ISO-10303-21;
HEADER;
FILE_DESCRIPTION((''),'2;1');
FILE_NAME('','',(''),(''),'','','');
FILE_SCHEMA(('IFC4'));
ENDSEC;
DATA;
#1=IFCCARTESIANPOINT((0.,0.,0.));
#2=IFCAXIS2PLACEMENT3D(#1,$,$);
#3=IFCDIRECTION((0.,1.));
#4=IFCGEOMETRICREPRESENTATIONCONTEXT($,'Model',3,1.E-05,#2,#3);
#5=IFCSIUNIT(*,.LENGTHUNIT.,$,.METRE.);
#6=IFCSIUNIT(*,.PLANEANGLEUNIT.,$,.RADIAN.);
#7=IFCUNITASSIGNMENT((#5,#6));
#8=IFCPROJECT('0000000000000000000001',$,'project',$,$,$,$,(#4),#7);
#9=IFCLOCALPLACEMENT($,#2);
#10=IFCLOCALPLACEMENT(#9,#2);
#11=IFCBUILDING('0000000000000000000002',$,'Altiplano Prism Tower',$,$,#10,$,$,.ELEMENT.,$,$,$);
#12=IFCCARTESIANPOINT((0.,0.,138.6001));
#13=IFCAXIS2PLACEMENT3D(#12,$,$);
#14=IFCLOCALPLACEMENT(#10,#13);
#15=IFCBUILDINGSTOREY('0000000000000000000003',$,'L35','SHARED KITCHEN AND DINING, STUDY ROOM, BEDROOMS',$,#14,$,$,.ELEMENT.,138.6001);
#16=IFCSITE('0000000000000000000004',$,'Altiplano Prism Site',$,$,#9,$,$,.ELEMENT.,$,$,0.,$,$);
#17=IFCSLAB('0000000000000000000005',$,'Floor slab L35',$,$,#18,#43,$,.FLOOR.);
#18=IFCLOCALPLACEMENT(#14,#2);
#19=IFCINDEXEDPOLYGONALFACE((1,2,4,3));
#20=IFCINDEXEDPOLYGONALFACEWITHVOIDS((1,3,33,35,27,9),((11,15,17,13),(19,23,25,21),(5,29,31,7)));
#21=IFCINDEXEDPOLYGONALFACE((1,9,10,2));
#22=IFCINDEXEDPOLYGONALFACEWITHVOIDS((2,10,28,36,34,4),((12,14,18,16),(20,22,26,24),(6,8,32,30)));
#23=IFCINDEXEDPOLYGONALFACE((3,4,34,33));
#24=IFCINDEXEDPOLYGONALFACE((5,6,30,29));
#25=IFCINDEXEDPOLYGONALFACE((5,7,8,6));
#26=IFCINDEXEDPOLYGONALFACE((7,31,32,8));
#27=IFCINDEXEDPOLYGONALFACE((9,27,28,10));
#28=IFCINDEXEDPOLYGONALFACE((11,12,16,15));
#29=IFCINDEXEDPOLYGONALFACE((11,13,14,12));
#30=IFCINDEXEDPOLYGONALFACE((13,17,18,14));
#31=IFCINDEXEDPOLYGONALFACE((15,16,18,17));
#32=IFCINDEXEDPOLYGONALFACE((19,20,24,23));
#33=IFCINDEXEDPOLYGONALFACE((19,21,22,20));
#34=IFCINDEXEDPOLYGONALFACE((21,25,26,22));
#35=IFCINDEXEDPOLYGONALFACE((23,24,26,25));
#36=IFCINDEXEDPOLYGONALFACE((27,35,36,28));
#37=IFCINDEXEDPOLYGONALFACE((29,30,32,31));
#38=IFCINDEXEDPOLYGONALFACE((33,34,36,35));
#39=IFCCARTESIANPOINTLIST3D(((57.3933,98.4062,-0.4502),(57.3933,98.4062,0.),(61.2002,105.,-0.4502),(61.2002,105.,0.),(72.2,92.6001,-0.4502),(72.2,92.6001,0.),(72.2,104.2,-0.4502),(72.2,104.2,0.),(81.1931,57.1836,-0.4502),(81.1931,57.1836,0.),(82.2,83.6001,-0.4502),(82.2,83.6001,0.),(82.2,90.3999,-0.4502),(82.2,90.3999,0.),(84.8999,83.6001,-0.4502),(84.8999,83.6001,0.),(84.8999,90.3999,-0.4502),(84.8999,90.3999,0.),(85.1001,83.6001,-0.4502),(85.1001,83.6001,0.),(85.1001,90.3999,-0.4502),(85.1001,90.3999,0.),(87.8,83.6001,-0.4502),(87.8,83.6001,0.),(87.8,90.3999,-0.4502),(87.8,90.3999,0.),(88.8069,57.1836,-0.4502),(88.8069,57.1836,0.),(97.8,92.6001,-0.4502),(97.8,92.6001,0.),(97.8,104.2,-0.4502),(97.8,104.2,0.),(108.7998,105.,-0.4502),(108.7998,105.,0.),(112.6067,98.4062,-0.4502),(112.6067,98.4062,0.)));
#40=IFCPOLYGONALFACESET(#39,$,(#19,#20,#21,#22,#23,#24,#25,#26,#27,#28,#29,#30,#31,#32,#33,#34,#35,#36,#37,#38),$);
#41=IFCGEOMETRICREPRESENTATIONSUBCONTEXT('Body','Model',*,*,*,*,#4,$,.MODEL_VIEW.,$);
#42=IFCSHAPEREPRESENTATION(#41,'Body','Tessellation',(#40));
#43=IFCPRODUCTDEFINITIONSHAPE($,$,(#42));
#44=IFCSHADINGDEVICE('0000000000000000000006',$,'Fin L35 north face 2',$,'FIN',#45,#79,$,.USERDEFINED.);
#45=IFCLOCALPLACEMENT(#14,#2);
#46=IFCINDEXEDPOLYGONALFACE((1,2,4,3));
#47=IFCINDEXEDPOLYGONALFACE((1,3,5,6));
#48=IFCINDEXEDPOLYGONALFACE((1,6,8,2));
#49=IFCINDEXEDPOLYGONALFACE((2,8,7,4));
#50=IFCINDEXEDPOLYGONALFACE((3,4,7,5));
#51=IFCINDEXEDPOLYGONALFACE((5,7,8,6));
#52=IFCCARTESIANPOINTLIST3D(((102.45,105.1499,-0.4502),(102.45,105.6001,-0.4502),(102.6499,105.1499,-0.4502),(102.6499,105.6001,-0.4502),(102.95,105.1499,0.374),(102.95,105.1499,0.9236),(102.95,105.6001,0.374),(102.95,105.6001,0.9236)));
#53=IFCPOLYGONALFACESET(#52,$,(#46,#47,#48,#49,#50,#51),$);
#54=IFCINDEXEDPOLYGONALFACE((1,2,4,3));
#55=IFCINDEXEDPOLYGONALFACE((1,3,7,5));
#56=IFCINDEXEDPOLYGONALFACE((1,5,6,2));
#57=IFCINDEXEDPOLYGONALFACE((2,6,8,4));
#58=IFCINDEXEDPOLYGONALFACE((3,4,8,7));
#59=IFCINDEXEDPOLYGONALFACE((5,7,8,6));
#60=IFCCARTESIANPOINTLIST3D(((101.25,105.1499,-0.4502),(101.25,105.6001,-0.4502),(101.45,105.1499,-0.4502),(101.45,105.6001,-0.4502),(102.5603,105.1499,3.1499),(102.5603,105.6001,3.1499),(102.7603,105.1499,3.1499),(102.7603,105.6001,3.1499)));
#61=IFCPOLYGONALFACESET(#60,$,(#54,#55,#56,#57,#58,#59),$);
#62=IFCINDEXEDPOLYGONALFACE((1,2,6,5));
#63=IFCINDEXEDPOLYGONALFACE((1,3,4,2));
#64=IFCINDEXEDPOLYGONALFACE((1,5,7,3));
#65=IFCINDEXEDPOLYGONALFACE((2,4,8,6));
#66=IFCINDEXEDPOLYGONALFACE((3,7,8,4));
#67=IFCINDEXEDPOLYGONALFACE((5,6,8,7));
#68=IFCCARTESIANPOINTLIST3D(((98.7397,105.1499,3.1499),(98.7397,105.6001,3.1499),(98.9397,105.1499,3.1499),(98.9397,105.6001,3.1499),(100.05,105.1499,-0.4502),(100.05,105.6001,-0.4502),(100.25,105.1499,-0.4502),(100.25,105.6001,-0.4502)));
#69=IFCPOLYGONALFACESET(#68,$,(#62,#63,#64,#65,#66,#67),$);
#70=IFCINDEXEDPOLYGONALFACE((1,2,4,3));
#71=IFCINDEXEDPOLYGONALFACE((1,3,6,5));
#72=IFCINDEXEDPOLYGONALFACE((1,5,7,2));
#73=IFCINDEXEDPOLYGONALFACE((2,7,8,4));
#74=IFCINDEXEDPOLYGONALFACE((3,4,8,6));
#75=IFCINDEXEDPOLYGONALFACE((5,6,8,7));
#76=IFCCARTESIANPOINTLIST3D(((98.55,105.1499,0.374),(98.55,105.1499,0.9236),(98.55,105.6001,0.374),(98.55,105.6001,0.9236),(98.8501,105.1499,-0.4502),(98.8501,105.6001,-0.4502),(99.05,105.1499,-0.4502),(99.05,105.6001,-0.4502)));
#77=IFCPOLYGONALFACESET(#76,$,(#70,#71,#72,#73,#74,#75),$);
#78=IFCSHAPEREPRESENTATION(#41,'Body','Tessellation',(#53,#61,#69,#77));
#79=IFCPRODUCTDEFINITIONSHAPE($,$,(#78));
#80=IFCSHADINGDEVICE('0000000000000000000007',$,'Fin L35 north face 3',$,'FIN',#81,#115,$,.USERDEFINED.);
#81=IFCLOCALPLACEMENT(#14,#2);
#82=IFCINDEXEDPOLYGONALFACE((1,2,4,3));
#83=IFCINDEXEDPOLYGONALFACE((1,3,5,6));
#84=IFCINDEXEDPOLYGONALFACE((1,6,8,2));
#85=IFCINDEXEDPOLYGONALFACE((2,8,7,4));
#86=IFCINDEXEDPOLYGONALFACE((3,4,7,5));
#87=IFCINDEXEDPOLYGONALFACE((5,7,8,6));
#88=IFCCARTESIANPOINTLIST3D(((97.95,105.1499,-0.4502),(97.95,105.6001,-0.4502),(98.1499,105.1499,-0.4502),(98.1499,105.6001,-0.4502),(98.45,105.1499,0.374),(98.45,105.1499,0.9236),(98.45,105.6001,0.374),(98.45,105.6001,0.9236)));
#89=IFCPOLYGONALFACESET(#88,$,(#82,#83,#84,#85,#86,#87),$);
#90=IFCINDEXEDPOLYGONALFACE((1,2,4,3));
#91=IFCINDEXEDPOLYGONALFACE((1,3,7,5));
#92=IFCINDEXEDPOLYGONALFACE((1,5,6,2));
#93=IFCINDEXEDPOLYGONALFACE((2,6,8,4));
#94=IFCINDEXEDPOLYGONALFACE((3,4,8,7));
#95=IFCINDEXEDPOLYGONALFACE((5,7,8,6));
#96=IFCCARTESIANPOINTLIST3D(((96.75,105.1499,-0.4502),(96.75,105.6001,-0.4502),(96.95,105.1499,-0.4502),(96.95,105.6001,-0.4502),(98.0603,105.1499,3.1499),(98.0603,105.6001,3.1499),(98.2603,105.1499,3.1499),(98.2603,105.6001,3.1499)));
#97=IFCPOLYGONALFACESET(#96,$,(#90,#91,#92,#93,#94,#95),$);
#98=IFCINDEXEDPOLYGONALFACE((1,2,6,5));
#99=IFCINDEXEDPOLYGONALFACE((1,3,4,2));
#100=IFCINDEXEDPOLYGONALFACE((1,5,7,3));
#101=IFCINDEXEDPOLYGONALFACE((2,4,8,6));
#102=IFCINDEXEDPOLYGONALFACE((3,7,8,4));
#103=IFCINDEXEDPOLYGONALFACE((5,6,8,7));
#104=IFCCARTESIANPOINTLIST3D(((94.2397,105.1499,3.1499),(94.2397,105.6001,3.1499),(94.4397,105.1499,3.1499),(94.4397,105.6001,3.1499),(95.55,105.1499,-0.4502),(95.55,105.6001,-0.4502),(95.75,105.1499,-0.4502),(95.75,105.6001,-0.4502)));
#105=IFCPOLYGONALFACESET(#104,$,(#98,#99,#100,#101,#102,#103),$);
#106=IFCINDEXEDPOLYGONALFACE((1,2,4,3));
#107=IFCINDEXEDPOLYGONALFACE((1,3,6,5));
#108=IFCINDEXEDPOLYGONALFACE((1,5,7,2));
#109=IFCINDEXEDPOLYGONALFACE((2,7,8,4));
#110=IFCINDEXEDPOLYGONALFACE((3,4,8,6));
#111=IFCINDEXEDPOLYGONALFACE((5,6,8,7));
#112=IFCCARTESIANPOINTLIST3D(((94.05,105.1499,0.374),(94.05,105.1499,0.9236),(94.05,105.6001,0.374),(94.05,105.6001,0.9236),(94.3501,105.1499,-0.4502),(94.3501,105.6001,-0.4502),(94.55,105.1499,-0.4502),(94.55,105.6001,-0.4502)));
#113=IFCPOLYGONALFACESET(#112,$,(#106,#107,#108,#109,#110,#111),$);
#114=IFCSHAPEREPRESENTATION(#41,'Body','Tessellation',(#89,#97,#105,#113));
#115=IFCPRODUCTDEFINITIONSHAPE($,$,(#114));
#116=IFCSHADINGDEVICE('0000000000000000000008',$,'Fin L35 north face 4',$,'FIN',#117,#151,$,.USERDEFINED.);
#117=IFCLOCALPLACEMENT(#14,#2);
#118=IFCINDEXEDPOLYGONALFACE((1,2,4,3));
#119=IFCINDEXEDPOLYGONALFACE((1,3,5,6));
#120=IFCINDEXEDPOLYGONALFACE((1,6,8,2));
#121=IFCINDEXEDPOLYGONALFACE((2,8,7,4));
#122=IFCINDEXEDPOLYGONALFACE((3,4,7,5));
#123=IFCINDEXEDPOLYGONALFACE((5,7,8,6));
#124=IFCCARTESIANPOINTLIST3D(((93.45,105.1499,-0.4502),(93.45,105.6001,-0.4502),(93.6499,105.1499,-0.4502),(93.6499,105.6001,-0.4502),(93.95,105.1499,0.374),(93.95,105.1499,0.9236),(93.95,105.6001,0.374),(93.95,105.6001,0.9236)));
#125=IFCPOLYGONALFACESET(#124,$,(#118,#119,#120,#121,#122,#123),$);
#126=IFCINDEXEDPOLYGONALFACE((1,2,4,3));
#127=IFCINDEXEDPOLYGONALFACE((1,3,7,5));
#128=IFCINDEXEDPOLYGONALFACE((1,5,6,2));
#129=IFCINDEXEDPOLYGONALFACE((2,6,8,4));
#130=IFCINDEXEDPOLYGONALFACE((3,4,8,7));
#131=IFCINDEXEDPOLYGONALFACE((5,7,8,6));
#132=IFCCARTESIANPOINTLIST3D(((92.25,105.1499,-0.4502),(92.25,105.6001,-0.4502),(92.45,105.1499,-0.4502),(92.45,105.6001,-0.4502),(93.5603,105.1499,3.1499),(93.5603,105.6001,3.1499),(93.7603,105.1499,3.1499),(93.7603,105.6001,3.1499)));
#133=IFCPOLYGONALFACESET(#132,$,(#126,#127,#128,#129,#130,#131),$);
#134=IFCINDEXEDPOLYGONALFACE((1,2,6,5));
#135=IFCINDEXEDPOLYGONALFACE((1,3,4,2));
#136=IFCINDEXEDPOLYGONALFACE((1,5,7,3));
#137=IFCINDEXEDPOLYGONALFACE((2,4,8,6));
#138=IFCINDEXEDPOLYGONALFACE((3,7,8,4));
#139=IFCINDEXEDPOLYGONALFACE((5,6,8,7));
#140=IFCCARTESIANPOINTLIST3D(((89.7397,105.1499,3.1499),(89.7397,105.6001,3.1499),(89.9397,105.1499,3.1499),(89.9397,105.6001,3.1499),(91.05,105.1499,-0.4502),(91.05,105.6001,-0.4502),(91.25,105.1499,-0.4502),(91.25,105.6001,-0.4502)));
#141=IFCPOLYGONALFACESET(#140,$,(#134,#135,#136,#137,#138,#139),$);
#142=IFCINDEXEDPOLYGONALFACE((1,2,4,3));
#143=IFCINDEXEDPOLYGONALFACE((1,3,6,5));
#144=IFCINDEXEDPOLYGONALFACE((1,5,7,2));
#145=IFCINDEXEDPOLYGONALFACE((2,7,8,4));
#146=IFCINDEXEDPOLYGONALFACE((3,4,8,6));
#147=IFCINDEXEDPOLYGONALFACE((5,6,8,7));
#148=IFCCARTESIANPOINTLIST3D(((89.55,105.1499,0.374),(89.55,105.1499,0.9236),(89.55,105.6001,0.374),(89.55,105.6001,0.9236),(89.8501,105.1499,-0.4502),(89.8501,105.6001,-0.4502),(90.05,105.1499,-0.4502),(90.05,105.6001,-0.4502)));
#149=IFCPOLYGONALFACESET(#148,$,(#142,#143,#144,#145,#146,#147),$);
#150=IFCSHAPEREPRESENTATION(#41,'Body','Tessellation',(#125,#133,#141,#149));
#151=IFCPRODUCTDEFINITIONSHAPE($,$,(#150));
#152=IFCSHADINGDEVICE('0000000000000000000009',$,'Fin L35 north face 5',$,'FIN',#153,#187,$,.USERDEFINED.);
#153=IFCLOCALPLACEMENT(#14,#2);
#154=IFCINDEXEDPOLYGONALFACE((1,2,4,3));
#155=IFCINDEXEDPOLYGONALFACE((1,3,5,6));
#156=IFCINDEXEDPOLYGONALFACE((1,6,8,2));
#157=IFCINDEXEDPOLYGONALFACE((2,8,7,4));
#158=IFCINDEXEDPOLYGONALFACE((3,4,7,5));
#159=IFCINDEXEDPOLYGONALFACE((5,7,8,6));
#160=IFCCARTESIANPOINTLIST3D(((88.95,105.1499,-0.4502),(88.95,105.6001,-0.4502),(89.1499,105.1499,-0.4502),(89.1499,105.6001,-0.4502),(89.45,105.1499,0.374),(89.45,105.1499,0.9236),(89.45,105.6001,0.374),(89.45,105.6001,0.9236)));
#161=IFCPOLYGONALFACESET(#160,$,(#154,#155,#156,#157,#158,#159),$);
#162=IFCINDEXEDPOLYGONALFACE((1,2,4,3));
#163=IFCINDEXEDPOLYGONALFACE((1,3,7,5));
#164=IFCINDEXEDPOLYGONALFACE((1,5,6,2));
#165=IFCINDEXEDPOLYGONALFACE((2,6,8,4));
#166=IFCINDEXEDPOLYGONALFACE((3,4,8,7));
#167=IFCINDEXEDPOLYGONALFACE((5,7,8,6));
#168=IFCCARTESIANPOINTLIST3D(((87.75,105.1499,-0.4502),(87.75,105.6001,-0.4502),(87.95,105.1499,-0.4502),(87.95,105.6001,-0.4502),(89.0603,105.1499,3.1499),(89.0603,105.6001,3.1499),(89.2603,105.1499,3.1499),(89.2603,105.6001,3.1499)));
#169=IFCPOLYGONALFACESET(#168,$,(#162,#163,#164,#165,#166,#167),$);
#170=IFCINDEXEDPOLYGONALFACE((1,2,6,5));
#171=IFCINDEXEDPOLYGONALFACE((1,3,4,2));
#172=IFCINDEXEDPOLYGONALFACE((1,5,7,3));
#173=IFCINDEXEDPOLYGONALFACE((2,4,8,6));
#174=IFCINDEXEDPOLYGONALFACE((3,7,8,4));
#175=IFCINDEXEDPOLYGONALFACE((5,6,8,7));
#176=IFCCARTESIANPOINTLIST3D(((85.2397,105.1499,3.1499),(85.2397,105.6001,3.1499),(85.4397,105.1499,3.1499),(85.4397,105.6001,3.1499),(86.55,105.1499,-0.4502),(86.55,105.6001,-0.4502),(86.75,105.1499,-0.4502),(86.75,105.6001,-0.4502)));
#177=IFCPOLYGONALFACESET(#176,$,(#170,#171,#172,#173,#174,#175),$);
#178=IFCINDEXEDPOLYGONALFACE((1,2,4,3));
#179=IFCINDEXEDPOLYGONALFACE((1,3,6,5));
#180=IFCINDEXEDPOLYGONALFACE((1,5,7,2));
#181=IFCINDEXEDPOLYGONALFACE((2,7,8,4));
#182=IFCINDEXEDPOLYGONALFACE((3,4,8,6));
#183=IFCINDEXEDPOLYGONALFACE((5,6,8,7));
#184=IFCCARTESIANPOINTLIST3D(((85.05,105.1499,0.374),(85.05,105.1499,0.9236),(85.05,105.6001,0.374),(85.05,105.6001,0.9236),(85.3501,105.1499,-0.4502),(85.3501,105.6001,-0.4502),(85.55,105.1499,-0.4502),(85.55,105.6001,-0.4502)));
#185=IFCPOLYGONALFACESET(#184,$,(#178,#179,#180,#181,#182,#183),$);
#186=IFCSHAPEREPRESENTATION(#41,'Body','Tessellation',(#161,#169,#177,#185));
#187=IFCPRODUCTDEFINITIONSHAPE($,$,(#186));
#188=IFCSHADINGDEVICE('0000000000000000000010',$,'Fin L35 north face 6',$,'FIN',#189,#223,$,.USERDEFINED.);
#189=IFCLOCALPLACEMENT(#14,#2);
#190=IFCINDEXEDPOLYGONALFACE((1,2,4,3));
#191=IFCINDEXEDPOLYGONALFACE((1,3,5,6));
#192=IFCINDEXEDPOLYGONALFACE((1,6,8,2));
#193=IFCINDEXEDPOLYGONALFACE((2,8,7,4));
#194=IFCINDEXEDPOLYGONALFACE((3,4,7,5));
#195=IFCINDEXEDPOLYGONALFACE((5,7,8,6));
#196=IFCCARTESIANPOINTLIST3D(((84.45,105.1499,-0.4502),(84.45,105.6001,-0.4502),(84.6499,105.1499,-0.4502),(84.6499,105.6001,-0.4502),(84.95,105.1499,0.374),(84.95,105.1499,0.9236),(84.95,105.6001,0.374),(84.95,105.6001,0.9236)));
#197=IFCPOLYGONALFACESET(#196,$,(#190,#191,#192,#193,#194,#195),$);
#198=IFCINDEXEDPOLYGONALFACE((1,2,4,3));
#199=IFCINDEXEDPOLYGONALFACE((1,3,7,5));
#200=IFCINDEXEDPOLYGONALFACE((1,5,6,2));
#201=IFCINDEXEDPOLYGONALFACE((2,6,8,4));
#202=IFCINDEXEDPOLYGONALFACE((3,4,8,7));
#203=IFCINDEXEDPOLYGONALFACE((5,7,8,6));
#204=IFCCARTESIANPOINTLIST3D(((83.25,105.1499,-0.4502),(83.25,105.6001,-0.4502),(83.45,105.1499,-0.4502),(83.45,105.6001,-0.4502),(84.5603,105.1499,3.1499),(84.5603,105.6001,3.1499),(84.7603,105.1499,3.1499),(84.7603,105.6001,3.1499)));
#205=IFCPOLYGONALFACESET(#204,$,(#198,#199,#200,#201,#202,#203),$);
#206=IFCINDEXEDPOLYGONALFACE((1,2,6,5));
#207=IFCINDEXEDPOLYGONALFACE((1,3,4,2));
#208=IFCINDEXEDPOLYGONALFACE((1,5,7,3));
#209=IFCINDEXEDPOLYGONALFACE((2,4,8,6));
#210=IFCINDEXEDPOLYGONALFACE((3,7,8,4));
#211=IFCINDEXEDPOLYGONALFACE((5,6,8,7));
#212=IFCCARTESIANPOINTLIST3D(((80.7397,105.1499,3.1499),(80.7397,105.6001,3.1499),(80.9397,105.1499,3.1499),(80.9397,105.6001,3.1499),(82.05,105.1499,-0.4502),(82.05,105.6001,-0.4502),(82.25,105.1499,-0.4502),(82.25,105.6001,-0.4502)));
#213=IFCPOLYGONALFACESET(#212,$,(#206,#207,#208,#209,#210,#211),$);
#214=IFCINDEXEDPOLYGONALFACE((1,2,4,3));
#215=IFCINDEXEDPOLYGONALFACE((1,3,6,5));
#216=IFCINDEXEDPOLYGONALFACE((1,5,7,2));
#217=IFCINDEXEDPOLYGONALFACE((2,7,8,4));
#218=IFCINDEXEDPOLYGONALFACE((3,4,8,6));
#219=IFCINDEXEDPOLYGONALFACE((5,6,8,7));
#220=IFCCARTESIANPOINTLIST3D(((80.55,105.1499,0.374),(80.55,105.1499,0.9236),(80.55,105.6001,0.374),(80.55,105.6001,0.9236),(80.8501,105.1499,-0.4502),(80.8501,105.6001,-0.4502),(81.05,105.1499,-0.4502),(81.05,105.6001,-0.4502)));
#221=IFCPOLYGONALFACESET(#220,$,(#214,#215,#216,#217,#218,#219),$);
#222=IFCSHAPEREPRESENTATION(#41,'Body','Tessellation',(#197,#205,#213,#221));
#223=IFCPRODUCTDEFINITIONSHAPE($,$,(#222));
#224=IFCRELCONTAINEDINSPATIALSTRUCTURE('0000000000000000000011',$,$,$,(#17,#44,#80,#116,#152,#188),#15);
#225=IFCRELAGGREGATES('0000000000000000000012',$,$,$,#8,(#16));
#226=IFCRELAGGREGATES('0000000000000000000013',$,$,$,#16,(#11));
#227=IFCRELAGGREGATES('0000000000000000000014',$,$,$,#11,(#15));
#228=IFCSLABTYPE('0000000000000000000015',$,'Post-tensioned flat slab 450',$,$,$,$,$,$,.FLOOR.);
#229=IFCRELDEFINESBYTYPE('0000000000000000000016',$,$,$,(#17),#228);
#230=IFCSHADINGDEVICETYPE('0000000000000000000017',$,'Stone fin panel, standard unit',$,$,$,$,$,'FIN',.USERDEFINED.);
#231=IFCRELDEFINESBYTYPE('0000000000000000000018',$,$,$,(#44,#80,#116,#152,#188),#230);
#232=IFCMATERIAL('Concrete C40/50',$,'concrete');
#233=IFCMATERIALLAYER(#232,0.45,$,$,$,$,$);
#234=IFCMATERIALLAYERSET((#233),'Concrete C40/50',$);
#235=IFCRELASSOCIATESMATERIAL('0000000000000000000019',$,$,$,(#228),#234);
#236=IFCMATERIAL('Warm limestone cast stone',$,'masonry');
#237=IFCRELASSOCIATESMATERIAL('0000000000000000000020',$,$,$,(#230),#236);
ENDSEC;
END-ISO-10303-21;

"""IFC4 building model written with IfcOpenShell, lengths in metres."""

from ifc_helpers import new_model, si_unit, direction, frame, origin, place, context, subcontext, project, spatial, polyline, outline, extrude, source, transform, mapped, material, layer, layer_set, type_object, element, save


model = new_model("IFC4")

# Units and contexts
model_context = context("Model", 3, precision=1e-05, world=origin(), true_north=direction((0.0, 1.0)))
body_context = subcontext(model_context, "Body", "Model", "MODEL_VIEW")
ifc_project = project(units=[si_unit("LENGTHUNIT", "METRE"), si_unit("PLANEANGLEUNIT", "RADIAN")], contexts=[model_context])

# Site, building, storey
site_placement = place(None, origin())
site = spatial("IfcSite", under=ifc_project, at=site_placement, Name="Altiplano Prism Site", CompositionType="ELEMENT", RefElevation=0.0)
building_placement = place(site_placement, origin())
building = spatial("IfcBuilding", under=site, at=building_placement, Name="Altiplano Prism Tower", CompositionType="ELEMENT")
storey_placement = place(building_placement, frame((0.0, 0.0, 138.6001)))
storey = spatial("IfcBuildingStorey", under=building, at=storey_placement, Name="L35", Description="SHARED KITCHEN AND DINING, STUDY ROOM, BEDROOMS", CompositionType="ELEMENT", Elevation=138.6001)

# Slab
ifc_material_1 = material(Name="Concrete C40/50", Category="concrete")
ifc_layer = layer(ifc_material_1, 0.45)
ifc_layer_set = layer_set([ifc_layer], Name="Concrete C40/50")
slab_type = type_object("IfcSlabType", Name="Post-tensioned flat slab 450", PredefinedType="FLOOR", material=ifc_layer_set)
slab_placement = place(storey_placement, frame((0.0, 0.0, -0.4502)))
element("IfcSlab", 1, at=slab_placement, inside=storey, type_object=slab_type, Name="Floor slab L35", PredefinedType="FLOOR", context=body_context, shape_type="SweptSolid", body=[
    extrude(outline(polyline([(81.1931, 57.1836), (57.3933, 98.4062), (61.2002, 105.0), (108.7998, 105.0), (112.6067, 98.4062), (88.8069, 57.1836), (81.1931, 57.1836)]), holes=[polyline([(72.2, 104.2), (72.2, 92.6001), (97.8, 92.6001), (97.8, 104.2), (72.2, 104.2)]), polyline([(84.8999, 90.3999), (82.2, 90.3999), (82.2, 83.6001), (84.8999, 83.6001), (84.8999, 90.3999)]), polyline([(87.8, 83.6001), (87.8, 90.3999), (85.1001, 90.3999), (85.1001, 83.6001), (87.8, 83.6001)])]), origin(), (0.0, 0.0, 1.0), 0.4502),
])

# Shading devices
ifc_material_2 = material(Name="Warm limestone cast stone", Category="masonry")
shading_device_type_1 = type_object("IfcShadingDeviceType", Name="Stone fin panel, standard unit", ElementType="FIN", PredefinedType="USERDEFINED", material=ifc_material_2)
shared_shape_1 = source(origin(), body_context, "Body", "SweptSolid", [
    extrude(outline(polyline([(-2.2, 1.3738), (-2.2, 0.8242), (-1.8999, 0.0), (-1.7, 0.0), (-2.2, 1.3738)])), frame((0.0, -0.1499, 0.0), z_axis=(0.0, -1.0, 0.0), x_axis=(1.0, 0.0, 0.0)), (0.0, 0.0, 1.0), 0.4502),
    extrude(outline(polyline([(-2.0103, 3.6001), (-0.7, 0.0), (-0.5, 0.0), (-1.8103, 3.6001), (-2.0103, 3.6001)])), frame((0.0, -0.1499, 0.0), z_axis=(0.0, -1.0, 0.0), x_axis=(1.0, 0.0, 0.0)), (0.0, 0.0, 1.0), 0.4502),
    extrude(outline(polyline([(1.8103, 3.6001), (0.5, 0.0), (0.7, 0.0), (2.0103, 3.6001), (1.8103, 3.6001)])), frame((0.0, -0.1499, 0.0), z_axis=(0.0, -1.0, 0.0), x_axis=(1.0, 0.0, 0.0)), (0.0, 0.0, 1.0), 0.4502),
    extrude(outline(polyline([(2.2, 0.8242), (2.2, 1.3738), (1.7, 0.0), (1.8999, 0.0), (2.2, 0.8242)])), frame((0.0, -0.1499, 0.0), z_axis=(0.0, -1.0, 0.0), x_axis=(1.0, 0.0, 0.0)), (0.0, 0.0, 1.0), 0.4502),
])
shading_device_1_placement = place(storey_placement, origin())
element("IfcShadingDevice", 2, at=shading_device_1_placement, inside=storey, type_object=shading_device_type_1, Name="Fin L35 north face 2", ObjectType="FIN", PredefinedType="USERDEFINED", context=body_context, shape_type="MappedRepresentation", body=[
    mapped(shared_shape_1, transform((100.75, 105.0, -0.4502), x_axis=(-1.0, 0.0, 0.0), y_axis=(0.0, -1.0, 0.0), z_axis=(0.0, 0.0, 1.0))),
])
shading_device_2_placement = place(storey_placement, origin())
element("IfcShadingDevice", 3, at=shading_device_2_placement, inside=storey, type_object=shading_device_type_1, Name="Fin L35 north face 3", ObjectType="FIN", PredefinedType="USERDEFINED", context=body_context, shape_type="MappedRepresentation", body=[
    mapped(shared_shape_1, transform((96.25, 105.0, -0.4502), x_axis=(-1.0, 0.0, 0.0), y_axis=(0.0, -1.0, 0.0), z_axis=(0.0, 0.0, 1.0))),
])
shading_device_3_placement = place(storey_placement, origin())
element("IfcShadingDevice", 4, at=shading_device_3_placement, inside=storey, type_object=shading_device_type_1, Name="Fin L35 north face 4", ObjectType="FIN", PredefinedType="USERDEFINED", context=body_context, shape_type="MappedRepresentation", body=[
    mapped(shared_shape_1, transform((91.75, 105.0, -0.4502), x_axis=(-1.0, 0.0, 0.0), y_axis=(0.0, -1.0, 0.0), z_axis=(0.0, 0.0, 1.0))),
])
shading_device_4_placement = place(storey_placement, origin())
element("IfcShadingDevice", 5, at=shading_device_4_placement, inside=storey, type_object=shading_device_type_1, Name="Fin L35 north face 5", ObjectType="FIN", PredefinedType="USERDEFINED", context=body_context, shape_type="MappedRepresentation", body=[
    mapped(shared_shape_1, transform((87.25, 105.0, -0.4502), x_axis=(-1.0, 0.0, 0.0), y_axis=(0.0, -1.0, 0.0), z_axis=(0.0, 0.0, 1.0))),
])
shading_device_5_placement = place(storey_placement, origin())
element("IfcShadingDevice", 6, at=shading_device_5_placement, inside=storey, type_object=shading_device_type_1, Name="Fin L35 north face 6", ObjectType="FIN", PredefinedType="USERDEFINED", context=body_context, shape_type="MappedRepresentation", body=[
    mapped(shared_shape_1, transform((82.75, 105.0, -0.4502), x_axis=(-1.0, 0.0, 0.0), y_axis=(0.0, -1.0, 0.0), z_axis=(0.0, 0.0, 1.0))),
])

save(model, "model.ifc")
